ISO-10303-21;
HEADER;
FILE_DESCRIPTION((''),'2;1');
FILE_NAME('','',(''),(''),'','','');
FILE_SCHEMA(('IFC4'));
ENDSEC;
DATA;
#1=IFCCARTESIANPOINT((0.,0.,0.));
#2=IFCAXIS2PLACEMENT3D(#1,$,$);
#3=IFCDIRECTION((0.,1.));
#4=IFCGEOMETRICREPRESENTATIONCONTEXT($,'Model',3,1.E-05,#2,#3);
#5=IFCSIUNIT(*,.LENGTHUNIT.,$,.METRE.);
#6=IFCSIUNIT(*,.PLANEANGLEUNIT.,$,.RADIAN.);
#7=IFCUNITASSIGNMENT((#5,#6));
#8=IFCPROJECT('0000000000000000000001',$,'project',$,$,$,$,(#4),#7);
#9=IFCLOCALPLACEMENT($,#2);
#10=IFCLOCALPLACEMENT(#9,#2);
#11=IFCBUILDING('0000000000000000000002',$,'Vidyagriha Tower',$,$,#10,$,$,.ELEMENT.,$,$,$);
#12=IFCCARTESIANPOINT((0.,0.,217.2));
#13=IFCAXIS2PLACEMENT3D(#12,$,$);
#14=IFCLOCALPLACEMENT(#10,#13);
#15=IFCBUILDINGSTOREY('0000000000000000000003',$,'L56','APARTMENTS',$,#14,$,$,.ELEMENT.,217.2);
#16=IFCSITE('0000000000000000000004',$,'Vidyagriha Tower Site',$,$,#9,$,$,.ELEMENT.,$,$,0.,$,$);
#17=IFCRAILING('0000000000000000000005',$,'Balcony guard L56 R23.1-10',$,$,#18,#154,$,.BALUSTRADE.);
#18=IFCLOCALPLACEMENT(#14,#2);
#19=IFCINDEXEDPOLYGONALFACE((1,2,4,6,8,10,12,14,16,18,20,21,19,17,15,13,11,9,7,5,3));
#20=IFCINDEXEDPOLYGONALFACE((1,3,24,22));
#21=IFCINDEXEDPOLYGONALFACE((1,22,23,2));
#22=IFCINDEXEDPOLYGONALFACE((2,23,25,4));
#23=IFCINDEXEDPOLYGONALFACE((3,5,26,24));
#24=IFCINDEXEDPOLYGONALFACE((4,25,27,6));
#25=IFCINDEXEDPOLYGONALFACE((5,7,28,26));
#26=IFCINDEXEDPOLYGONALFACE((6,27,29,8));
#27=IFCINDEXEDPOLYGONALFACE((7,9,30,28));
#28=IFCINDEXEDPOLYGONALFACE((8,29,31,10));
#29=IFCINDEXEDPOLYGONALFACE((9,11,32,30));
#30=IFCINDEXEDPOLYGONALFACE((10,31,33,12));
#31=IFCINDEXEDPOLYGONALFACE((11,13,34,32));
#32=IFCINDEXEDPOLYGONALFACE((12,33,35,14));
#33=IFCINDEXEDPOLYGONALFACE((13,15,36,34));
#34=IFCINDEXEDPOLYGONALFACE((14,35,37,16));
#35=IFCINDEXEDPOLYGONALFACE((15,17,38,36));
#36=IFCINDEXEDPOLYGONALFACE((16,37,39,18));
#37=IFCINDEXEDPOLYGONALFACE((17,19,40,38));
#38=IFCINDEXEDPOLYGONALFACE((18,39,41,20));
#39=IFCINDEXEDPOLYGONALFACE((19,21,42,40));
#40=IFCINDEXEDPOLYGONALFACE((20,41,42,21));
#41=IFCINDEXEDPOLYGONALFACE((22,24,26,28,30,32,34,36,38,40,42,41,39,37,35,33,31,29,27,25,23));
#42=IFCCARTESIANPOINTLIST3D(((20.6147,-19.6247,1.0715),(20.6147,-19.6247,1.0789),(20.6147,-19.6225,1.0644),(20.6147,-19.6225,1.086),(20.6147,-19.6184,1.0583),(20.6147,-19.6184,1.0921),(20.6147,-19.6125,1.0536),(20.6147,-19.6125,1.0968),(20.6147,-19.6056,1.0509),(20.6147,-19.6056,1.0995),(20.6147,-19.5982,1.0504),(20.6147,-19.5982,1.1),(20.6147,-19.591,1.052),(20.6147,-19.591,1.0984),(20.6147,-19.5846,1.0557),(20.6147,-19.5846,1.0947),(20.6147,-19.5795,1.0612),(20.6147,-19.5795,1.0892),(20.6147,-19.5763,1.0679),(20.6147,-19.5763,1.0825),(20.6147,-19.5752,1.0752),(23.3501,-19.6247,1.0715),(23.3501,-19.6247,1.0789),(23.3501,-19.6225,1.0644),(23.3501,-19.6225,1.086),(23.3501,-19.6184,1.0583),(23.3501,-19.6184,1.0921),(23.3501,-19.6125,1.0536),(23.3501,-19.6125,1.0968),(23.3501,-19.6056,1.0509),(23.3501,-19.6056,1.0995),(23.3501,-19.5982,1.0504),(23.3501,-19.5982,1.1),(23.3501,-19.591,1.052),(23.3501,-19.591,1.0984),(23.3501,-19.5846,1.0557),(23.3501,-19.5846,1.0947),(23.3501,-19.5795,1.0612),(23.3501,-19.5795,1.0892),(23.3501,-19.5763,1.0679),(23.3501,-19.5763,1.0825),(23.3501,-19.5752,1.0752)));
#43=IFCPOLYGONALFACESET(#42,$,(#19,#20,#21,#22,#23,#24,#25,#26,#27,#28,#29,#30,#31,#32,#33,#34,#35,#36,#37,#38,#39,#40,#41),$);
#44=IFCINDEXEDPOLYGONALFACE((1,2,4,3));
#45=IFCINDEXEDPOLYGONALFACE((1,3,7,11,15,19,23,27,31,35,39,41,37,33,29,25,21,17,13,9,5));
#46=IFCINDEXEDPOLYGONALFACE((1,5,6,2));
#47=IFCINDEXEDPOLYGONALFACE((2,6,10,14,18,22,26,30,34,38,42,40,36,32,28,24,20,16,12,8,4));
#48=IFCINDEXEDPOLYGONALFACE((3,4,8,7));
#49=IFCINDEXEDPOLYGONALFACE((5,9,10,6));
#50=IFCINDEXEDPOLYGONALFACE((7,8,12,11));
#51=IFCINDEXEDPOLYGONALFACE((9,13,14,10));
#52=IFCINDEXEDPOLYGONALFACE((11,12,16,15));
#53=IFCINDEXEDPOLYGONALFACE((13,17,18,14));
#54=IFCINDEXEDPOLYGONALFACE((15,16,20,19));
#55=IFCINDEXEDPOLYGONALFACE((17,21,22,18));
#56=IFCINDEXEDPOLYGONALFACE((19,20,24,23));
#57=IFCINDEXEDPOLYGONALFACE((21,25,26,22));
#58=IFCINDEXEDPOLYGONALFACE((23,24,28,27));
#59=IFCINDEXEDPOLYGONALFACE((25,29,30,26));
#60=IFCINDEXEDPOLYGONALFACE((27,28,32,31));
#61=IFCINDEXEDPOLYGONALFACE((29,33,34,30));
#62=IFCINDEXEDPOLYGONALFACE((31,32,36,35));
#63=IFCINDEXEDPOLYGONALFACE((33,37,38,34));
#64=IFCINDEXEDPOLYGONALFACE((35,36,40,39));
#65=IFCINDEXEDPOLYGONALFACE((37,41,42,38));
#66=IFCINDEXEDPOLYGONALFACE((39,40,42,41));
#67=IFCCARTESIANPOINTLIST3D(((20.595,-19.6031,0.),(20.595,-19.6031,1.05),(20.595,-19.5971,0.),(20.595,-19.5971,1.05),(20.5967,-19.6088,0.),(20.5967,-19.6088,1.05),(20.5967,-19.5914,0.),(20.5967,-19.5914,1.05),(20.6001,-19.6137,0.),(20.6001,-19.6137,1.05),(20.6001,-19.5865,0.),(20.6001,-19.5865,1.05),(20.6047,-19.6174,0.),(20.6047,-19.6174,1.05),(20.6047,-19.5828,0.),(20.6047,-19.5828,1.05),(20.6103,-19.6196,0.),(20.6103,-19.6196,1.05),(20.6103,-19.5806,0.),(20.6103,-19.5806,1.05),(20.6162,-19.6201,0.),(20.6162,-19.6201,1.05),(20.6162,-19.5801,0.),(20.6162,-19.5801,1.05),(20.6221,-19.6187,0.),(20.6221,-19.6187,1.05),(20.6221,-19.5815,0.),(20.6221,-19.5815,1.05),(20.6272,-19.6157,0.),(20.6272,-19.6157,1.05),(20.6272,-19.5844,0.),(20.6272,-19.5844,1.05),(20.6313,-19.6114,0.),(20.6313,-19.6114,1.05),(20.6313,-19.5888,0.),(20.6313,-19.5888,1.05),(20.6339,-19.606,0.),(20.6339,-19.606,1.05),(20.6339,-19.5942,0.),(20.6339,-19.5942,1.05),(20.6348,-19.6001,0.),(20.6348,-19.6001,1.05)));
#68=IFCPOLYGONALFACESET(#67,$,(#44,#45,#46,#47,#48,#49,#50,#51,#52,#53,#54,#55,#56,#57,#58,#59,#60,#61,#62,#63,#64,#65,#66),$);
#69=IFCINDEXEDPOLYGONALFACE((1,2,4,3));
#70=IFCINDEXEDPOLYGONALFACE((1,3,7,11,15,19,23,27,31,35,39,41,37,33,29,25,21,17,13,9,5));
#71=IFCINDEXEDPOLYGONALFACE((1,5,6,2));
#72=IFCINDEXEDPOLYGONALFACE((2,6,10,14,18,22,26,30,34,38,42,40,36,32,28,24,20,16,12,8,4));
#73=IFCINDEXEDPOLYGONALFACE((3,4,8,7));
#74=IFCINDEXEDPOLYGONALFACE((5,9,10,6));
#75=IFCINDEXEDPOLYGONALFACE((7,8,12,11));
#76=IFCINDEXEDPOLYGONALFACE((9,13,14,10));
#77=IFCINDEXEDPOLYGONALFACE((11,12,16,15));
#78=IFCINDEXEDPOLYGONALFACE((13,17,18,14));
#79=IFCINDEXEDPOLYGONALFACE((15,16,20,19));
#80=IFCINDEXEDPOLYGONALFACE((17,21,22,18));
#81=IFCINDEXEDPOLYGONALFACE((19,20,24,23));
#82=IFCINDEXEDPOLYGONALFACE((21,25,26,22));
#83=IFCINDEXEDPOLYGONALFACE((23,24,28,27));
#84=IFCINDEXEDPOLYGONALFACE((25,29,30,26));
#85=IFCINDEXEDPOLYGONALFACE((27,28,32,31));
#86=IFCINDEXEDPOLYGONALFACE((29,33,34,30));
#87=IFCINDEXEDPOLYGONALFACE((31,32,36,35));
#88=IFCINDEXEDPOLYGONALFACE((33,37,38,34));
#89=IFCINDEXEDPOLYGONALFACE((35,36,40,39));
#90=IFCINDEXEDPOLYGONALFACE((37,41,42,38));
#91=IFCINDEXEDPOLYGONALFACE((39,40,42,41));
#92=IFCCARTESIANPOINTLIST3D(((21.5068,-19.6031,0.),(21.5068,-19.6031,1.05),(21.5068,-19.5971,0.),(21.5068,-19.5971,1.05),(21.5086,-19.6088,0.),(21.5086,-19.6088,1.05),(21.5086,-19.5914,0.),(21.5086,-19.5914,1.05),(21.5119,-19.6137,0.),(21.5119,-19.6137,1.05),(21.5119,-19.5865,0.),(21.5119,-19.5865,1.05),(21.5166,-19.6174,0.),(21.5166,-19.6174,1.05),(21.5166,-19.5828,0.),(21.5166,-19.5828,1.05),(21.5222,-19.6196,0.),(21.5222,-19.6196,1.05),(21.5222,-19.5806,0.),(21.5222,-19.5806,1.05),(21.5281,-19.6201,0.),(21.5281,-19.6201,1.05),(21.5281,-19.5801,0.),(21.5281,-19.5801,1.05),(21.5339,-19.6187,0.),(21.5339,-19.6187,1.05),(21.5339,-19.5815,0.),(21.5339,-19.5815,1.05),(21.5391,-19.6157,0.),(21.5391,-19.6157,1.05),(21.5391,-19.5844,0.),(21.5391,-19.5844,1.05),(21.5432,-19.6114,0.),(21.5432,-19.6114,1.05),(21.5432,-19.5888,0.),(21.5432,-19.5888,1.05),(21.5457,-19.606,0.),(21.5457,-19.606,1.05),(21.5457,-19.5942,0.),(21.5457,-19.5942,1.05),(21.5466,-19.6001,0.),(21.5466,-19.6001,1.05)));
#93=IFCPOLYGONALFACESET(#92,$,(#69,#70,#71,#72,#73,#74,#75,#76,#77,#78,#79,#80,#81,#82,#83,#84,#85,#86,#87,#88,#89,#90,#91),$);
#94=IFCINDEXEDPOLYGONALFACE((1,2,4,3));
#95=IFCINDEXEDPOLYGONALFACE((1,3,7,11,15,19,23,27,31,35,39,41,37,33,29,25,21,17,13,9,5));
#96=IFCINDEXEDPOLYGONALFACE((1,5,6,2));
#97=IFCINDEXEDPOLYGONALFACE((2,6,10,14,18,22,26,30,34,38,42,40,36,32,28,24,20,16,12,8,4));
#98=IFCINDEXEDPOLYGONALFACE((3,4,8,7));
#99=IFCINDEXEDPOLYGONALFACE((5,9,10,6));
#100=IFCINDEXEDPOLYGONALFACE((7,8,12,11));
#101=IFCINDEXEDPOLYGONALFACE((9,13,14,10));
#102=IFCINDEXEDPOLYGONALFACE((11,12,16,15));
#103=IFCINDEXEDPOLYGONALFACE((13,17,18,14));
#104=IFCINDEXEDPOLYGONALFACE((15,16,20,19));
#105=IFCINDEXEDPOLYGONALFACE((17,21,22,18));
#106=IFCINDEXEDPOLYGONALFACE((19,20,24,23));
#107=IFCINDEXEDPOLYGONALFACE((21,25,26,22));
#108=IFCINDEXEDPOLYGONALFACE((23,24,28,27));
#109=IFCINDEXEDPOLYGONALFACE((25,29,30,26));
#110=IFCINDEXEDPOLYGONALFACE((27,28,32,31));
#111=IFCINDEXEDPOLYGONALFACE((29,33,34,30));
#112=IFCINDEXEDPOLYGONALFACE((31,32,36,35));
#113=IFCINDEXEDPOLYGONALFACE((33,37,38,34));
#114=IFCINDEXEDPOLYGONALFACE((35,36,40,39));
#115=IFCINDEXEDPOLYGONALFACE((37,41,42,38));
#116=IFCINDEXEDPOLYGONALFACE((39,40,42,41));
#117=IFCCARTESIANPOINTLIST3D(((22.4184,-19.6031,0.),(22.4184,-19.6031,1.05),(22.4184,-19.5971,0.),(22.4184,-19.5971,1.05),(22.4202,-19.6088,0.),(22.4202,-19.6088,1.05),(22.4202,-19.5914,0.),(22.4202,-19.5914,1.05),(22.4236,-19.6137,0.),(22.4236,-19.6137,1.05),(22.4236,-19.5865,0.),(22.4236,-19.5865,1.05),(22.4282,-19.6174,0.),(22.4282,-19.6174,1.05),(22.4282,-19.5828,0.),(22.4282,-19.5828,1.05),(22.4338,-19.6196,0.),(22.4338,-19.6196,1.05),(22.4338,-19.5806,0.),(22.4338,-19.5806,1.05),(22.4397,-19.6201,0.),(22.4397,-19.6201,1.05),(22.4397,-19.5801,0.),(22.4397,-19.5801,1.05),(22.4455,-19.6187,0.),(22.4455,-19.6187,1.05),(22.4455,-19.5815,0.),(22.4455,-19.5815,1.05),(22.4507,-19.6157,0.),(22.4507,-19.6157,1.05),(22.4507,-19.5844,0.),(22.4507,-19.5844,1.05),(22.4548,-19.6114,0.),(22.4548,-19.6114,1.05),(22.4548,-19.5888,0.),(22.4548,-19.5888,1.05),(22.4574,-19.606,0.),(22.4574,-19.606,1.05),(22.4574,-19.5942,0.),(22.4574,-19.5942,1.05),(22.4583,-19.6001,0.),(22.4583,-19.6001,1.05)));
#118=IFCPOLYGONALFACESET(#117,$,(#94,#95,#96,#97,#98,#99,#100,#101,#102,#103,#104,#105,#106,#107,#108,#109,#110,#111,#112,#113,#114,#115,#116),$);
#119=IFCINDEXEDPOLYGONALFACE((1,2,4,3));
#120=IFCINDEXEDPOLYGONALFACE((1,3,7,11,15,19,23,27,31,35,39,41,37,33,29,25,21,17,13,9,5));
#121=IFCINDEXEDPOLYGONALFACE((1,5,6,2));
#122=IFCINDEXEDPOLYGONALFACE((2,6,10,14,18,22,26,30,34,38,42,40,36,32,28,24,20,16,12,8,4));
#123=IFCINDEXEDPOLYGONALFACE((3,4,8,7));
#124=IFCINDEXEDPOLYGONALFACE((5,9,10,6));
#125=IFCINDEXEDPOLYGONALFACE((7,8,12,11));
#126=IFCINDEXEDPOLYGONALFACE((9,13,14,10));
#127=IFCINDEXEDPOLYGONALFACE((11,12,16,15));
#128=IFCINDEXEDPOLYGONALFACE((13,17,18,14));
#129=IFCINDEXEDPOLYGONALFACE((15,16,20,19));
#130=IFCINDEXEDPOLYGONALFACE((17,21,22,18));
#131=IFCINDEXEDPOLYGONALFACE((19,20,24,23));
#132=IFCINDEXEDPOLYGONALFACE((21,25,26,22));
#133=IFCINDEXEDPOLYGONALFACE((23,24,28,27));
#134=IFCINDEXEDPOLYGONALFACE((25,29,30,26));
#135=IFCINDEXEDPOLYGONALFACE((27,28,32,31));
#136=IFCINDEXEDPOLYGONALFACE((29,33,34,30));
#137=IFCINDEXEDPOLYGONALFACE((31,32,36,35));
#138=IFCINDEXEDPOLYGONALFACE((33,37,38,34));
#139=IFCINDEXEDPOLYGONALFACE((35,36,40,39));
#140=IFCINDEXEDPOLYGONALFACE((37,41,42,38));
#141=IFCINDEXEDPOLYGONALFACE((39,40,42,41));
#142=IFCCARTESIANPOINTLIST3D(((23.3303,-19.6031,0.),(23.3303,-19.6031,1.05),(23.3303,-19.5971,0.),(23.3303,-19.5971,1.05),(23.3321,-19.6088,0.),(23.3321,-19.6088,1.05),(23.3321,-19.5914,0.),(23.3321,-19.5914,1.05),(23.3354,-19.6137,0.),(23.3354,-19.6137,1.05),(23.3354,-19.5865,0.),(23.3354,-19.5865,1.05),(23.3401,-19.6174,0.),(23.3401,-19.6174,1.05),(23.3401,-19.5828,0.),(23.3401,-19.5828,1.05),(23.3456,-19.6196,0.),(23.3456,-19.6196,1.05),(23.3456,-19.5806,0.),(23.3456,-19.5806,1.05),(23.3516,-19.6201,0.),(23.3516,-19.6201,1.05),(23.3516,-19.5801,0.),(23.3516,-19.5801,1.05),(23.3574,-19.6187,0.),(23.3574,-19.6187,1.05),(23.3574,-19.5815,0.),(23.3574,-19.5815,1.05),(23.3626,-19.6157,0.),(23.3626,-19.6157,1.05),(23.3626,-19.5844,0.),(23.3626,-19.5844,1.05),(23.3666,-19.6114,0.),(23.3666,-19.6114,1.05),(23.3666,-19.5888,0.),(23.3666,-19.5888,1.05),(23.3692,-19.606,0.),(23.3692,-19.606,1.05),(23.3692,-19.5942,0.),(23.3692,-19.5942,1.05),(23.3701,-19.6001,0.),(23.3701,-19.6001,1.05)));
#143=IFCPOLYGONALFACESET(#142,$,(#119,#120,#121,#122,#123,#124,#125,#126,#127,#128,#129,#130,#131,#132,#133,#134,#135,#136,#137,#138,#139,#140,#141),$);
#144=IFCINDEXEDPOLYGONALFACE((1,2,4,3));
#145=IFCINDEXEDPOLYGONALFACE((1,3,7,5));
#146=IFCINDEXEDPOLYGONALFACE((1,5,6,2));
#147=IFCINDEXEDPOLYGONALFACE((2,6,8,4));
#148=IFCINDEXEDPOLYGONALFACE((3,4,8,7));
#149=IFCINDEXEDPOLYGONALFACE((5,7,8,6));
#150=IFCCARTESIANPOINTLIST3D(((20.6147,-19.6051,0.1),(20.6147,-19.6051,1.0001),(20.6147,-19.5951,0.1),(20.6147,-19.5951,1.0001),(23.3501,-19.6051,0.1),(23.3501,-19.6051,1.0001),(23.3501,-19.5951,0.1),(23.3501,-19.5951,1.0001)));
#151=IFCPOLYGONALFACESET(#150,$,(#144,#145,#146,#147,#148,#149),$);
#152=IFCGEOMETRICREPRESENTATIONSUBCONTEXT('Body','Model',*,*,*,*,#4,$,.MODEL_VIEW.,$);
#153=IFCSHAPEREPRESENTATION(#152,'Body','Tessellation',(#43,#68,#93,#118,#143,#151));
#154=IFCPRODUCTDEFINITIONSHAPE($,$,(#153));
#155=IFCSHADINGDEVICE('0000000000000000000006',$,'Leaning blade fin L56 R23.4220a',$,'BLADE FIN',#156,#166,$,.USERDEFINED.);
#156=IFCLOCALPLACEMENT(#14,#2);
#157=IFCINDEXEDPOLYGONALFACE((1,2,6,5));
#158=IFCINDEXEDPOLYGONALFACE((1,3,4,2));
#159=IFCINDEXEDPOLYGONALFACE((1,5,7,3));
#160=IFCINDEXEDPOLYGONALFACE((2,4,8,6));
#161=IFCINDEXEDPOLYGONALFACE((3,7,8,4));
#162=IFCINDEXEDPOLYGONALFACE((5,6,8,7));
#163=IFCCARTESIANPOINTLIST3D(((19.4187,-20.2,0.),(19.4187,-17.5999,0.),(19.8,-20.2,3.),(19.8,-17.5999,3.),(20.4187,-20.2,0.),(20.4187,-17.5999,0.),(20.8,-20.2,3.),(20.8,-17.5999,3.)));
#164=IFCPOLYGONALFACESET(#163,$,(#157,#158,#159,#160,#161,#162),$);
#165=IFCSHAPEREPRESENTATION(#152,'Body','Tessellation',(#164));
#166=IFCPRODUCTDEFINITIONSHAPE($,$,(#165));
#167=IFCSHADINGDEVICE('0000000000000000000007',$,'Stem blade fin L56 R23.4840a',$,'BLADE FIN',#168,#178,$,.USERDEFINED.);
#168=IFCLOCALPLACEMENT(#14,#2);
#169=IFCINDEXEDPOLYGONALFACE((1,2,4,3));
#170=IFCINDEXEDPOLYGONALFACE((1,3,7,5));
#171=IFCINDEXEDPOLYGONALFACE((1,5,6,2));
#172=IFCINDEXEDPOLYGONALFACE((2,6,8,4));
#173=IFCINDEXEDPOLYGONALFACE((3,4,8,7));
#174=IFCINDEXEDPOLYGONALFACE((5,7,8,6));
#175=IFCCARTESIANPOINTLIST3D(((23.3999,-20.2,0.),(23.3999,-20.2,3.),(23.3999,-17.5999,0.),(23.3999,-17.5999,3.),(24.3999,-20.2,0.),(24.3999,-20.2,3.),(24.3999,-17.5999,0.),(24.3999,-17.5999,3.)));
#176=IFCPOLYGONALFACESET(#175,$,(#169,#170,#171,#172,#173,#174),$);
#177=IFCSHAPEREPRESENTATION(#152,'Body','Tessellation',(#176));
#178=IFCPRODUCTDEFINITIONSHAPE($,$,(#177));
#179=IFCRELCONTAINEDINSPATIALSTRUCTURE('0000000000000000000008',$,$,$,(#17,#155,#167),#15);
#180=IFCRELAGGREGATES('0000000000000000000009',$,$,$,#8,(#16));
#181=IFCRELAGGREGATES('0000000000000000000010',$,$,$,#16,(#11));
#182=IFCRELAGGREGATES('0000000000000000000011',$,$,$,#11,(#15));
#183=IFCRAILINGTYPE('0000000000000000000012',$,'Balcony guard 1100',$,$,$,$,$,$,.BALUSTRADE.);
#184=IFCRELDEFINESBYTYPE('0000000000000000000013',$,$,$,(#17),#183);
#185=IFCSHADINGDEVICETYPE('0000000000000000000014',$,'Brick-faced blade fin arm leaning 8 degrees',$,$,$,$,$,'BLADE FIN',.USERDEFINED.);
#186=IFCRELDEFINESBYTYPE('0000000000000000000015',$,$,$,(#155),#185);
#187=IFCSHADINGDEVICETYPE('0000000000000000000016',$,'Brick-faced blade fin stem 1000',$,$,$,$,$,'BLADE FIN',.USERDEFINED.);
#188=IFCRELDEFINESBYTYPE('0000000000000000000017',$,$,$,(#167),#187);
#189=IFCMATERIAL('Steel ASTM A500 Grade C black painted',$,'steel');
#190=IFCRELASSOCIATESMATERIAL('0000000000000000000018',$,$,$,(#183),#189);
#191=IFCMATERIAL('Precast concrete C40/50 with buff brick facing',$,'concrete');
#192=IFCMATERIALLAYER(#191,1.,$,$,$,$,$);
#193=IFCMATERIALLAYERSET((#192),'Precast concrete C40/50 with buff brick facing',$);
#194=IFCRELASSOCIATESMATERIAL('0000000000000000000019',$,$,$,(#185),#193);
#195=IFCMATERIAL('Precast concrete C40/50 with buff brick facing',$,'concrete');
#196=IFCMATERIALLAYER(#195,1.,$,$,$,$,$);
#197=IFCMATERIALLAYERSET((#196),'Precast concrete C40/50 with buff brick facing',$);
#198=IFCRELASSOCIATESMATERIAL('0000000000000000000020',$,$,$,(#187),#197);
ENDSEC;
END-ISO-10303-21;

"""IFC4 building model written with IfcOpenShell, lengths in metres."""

from ifc_helpers import new_model, si_unit, direction, frame, origin, origin_2d, place, context, subcontext, project, spatial, polyline, rectangle, circle, outline, extrude, material, layer, layer_set, type_object, element, save


model = new_model("IFC4")

# Units and contexts
model_context = context("Model", 3, precision=1e-05, world=origin(), true_north=direction((0.0, 1.0)))
body_context = subcontext(model_context, "Body", "Model", "MODEL_VIEW")
ifc_project = project(units=[si_unit("LENGTHUNIT", "METRE"), si_unit("PLANEANGLEUNIT", "RADIAN")], contexts=[model_context])

# Site, building, storey
site_placement = place(None, origin())
site = spatial("IfcSite", under=ifc_project, at=site_placement, Name="Vidyagriha Tower Site", CompositionType="ELEMENT", RefElevation=0.0)
building_placement = place(site_placement, origin())
building = spatial("IfcBuilding", under=site, at=building_placement, Name="Vidyagriha Tower", CompositionType="ELEMENT")
storey_placement = place(building_placement, frame((0.0, 0.0, 217.2)))
storey = spatial("IfcBuildingStorey", under=building, at=storey_placement, Name="L56", Description="APARTMENTS", CompositionType="ELEMENT", Elevation=217.2)

# Railing
ifc_material_1 = material(Name="Steel ASTM A500 Grade C black painted", Category="steel")
railing_type = type_object("IfcRailingType", Name="Balcony guard 1100", PredefinedType="BALUSTRADE", material=ifc_material_1)
railing_placement = place(storey_placement, frame((20.6147, -19.6001, 0.0)))
element("IfcRailing", 1, at=railing_placement, inside=storey, type_object=railing_type, Name="Balcony guard L56 R23.1-10", PredefinedType="BALUSTRADE", context=body_context, shape_type="SweptSolid", body=[
    extrude(circle(Radius=0.0249, at=origin_2d()), frame((0.0, 0.0, 1.0752), z_axis=(1.0, 0.0, 0.0), x_axis=(0.0, 1.0, 0.0)), (0.0, 0.0, 1.0), 2.7354),
    extrude(circle(Radius=0.02, at=origin_2d()), origin(), (0.0, 0.0, 1.0), 1.05),
    extrude(circle(Radius=0.02, at=origin_2d()), frame((0.9119, 0.0, 0.0)), (0.0, 0.0, 1.0), 1.05),
    extrude(circle(Radius=0.02, at=origin_2d()), frame((1.8235, 0.0, 0.0)), (0.0, 0.0, 1.0), 1.05),
    extrude(circle(Radius=0.02, at=origin_2d()), frame((2.7354, 0.0, 0.0)), (0.0, 0.0, 1.0), 1.05),
    extrude(rectangle(XDim=0.01, YDim=0.9001, at=origin_2d()), frame((0.0, 0.0, 0.55), z_axis=(1.0, 0.0, 0.0), x_axis=(0.0, 1.0, 0.0)), (0.0, 0.0, 1.0), 2.7354),
])

# Shading devices
ifc_material_2 = material(Name="Precast concrete C40/50 with buff brick facing", Category="concrete")
ifc_layer_1 = layer(ifc_material_2, 1.0)
ifc_layer_set_1 = layer_set([ifc_layer_1], Name="Precast concrete C40/50 with buff brick facing")
shading_device_type_1 = type_object("IfcShadingDeviceType", Name="Brick-faced blade fin arm leaning 8 degrees", ElementType="BLADE FIN", PredefinedType="USERDEFINED", material=ifc_layer_set_1)
shading_device_1_placement = place(storey_placement, frame((19.4187, -18.8999, 0.0)))
element("IfcShadingDevice", 2, at=shading_device_1_placement, inside=storey, type_object=shading_device_type_1, Name="Leaning blade fin L56 R23.4220a", ObjectType="BLADE FIN", PredefinedType="USERDEFINED", context=body_context, shape_type="SweptSolid", body=[
    extrude(outline(polyline([(0.0, 0.0), (1.0, 0.0), (1.3813, 3.0), (0.3813, 3.0), (0.0, 0.0)])), frame((0.0, 1.3, 0.0), z_axis=(0.0, -1.0, 0.0), x_axis=(1.0, 0.0, 0.0)), (0.0, 0.0, 1.0), 2.6001),
])
ifc_material_3 = material(Name="Precast concrete C40/50 with buff brick facing", Category="concrete")
ifc_layer_2 = layer(ifc_material_3, 1.0)
ifc_layer_set_2 = layer_set([ifc_layer_2], Name="Precast concrete C40/50 with buff brick facing")
shading_device_type_2 = type_object("IfcShadingDeviceType", Name="Brick-faced blade fin stem 1000", ElementType="BLADE FIN", PredefinedType="USERDEFINED", material=ifc_layer_set_2)
shading_device_2_placement = place(storey_placement, frame((23.3999, -18.8999, 0.0)))
element("IfcShadingDevice", 3, at=shading_device_2_placement, inside=storey, type_object=shading_device_type_2, Name="Stem blade fin L56 R23.4840a", ObjectType="BLADE FIN", PredefinedType="USERDEFINED", context=body_context, shape_type="SweptSolid", body=[
    extrude(outline(polyline([(0.0, 0.0), (1.0, 0.0), (1.0, 3.0), (0.0, 3.0), (0.0, 0.0)])), frame((0.0, 1.3, 0.0), z_axis=(0.0, -1.0, 0.0), x_axis=(1.0, 0.0, 0.0)), (0.0, 0.0, 1.0), 2.6001),
])

save(model, "model.ifc")
